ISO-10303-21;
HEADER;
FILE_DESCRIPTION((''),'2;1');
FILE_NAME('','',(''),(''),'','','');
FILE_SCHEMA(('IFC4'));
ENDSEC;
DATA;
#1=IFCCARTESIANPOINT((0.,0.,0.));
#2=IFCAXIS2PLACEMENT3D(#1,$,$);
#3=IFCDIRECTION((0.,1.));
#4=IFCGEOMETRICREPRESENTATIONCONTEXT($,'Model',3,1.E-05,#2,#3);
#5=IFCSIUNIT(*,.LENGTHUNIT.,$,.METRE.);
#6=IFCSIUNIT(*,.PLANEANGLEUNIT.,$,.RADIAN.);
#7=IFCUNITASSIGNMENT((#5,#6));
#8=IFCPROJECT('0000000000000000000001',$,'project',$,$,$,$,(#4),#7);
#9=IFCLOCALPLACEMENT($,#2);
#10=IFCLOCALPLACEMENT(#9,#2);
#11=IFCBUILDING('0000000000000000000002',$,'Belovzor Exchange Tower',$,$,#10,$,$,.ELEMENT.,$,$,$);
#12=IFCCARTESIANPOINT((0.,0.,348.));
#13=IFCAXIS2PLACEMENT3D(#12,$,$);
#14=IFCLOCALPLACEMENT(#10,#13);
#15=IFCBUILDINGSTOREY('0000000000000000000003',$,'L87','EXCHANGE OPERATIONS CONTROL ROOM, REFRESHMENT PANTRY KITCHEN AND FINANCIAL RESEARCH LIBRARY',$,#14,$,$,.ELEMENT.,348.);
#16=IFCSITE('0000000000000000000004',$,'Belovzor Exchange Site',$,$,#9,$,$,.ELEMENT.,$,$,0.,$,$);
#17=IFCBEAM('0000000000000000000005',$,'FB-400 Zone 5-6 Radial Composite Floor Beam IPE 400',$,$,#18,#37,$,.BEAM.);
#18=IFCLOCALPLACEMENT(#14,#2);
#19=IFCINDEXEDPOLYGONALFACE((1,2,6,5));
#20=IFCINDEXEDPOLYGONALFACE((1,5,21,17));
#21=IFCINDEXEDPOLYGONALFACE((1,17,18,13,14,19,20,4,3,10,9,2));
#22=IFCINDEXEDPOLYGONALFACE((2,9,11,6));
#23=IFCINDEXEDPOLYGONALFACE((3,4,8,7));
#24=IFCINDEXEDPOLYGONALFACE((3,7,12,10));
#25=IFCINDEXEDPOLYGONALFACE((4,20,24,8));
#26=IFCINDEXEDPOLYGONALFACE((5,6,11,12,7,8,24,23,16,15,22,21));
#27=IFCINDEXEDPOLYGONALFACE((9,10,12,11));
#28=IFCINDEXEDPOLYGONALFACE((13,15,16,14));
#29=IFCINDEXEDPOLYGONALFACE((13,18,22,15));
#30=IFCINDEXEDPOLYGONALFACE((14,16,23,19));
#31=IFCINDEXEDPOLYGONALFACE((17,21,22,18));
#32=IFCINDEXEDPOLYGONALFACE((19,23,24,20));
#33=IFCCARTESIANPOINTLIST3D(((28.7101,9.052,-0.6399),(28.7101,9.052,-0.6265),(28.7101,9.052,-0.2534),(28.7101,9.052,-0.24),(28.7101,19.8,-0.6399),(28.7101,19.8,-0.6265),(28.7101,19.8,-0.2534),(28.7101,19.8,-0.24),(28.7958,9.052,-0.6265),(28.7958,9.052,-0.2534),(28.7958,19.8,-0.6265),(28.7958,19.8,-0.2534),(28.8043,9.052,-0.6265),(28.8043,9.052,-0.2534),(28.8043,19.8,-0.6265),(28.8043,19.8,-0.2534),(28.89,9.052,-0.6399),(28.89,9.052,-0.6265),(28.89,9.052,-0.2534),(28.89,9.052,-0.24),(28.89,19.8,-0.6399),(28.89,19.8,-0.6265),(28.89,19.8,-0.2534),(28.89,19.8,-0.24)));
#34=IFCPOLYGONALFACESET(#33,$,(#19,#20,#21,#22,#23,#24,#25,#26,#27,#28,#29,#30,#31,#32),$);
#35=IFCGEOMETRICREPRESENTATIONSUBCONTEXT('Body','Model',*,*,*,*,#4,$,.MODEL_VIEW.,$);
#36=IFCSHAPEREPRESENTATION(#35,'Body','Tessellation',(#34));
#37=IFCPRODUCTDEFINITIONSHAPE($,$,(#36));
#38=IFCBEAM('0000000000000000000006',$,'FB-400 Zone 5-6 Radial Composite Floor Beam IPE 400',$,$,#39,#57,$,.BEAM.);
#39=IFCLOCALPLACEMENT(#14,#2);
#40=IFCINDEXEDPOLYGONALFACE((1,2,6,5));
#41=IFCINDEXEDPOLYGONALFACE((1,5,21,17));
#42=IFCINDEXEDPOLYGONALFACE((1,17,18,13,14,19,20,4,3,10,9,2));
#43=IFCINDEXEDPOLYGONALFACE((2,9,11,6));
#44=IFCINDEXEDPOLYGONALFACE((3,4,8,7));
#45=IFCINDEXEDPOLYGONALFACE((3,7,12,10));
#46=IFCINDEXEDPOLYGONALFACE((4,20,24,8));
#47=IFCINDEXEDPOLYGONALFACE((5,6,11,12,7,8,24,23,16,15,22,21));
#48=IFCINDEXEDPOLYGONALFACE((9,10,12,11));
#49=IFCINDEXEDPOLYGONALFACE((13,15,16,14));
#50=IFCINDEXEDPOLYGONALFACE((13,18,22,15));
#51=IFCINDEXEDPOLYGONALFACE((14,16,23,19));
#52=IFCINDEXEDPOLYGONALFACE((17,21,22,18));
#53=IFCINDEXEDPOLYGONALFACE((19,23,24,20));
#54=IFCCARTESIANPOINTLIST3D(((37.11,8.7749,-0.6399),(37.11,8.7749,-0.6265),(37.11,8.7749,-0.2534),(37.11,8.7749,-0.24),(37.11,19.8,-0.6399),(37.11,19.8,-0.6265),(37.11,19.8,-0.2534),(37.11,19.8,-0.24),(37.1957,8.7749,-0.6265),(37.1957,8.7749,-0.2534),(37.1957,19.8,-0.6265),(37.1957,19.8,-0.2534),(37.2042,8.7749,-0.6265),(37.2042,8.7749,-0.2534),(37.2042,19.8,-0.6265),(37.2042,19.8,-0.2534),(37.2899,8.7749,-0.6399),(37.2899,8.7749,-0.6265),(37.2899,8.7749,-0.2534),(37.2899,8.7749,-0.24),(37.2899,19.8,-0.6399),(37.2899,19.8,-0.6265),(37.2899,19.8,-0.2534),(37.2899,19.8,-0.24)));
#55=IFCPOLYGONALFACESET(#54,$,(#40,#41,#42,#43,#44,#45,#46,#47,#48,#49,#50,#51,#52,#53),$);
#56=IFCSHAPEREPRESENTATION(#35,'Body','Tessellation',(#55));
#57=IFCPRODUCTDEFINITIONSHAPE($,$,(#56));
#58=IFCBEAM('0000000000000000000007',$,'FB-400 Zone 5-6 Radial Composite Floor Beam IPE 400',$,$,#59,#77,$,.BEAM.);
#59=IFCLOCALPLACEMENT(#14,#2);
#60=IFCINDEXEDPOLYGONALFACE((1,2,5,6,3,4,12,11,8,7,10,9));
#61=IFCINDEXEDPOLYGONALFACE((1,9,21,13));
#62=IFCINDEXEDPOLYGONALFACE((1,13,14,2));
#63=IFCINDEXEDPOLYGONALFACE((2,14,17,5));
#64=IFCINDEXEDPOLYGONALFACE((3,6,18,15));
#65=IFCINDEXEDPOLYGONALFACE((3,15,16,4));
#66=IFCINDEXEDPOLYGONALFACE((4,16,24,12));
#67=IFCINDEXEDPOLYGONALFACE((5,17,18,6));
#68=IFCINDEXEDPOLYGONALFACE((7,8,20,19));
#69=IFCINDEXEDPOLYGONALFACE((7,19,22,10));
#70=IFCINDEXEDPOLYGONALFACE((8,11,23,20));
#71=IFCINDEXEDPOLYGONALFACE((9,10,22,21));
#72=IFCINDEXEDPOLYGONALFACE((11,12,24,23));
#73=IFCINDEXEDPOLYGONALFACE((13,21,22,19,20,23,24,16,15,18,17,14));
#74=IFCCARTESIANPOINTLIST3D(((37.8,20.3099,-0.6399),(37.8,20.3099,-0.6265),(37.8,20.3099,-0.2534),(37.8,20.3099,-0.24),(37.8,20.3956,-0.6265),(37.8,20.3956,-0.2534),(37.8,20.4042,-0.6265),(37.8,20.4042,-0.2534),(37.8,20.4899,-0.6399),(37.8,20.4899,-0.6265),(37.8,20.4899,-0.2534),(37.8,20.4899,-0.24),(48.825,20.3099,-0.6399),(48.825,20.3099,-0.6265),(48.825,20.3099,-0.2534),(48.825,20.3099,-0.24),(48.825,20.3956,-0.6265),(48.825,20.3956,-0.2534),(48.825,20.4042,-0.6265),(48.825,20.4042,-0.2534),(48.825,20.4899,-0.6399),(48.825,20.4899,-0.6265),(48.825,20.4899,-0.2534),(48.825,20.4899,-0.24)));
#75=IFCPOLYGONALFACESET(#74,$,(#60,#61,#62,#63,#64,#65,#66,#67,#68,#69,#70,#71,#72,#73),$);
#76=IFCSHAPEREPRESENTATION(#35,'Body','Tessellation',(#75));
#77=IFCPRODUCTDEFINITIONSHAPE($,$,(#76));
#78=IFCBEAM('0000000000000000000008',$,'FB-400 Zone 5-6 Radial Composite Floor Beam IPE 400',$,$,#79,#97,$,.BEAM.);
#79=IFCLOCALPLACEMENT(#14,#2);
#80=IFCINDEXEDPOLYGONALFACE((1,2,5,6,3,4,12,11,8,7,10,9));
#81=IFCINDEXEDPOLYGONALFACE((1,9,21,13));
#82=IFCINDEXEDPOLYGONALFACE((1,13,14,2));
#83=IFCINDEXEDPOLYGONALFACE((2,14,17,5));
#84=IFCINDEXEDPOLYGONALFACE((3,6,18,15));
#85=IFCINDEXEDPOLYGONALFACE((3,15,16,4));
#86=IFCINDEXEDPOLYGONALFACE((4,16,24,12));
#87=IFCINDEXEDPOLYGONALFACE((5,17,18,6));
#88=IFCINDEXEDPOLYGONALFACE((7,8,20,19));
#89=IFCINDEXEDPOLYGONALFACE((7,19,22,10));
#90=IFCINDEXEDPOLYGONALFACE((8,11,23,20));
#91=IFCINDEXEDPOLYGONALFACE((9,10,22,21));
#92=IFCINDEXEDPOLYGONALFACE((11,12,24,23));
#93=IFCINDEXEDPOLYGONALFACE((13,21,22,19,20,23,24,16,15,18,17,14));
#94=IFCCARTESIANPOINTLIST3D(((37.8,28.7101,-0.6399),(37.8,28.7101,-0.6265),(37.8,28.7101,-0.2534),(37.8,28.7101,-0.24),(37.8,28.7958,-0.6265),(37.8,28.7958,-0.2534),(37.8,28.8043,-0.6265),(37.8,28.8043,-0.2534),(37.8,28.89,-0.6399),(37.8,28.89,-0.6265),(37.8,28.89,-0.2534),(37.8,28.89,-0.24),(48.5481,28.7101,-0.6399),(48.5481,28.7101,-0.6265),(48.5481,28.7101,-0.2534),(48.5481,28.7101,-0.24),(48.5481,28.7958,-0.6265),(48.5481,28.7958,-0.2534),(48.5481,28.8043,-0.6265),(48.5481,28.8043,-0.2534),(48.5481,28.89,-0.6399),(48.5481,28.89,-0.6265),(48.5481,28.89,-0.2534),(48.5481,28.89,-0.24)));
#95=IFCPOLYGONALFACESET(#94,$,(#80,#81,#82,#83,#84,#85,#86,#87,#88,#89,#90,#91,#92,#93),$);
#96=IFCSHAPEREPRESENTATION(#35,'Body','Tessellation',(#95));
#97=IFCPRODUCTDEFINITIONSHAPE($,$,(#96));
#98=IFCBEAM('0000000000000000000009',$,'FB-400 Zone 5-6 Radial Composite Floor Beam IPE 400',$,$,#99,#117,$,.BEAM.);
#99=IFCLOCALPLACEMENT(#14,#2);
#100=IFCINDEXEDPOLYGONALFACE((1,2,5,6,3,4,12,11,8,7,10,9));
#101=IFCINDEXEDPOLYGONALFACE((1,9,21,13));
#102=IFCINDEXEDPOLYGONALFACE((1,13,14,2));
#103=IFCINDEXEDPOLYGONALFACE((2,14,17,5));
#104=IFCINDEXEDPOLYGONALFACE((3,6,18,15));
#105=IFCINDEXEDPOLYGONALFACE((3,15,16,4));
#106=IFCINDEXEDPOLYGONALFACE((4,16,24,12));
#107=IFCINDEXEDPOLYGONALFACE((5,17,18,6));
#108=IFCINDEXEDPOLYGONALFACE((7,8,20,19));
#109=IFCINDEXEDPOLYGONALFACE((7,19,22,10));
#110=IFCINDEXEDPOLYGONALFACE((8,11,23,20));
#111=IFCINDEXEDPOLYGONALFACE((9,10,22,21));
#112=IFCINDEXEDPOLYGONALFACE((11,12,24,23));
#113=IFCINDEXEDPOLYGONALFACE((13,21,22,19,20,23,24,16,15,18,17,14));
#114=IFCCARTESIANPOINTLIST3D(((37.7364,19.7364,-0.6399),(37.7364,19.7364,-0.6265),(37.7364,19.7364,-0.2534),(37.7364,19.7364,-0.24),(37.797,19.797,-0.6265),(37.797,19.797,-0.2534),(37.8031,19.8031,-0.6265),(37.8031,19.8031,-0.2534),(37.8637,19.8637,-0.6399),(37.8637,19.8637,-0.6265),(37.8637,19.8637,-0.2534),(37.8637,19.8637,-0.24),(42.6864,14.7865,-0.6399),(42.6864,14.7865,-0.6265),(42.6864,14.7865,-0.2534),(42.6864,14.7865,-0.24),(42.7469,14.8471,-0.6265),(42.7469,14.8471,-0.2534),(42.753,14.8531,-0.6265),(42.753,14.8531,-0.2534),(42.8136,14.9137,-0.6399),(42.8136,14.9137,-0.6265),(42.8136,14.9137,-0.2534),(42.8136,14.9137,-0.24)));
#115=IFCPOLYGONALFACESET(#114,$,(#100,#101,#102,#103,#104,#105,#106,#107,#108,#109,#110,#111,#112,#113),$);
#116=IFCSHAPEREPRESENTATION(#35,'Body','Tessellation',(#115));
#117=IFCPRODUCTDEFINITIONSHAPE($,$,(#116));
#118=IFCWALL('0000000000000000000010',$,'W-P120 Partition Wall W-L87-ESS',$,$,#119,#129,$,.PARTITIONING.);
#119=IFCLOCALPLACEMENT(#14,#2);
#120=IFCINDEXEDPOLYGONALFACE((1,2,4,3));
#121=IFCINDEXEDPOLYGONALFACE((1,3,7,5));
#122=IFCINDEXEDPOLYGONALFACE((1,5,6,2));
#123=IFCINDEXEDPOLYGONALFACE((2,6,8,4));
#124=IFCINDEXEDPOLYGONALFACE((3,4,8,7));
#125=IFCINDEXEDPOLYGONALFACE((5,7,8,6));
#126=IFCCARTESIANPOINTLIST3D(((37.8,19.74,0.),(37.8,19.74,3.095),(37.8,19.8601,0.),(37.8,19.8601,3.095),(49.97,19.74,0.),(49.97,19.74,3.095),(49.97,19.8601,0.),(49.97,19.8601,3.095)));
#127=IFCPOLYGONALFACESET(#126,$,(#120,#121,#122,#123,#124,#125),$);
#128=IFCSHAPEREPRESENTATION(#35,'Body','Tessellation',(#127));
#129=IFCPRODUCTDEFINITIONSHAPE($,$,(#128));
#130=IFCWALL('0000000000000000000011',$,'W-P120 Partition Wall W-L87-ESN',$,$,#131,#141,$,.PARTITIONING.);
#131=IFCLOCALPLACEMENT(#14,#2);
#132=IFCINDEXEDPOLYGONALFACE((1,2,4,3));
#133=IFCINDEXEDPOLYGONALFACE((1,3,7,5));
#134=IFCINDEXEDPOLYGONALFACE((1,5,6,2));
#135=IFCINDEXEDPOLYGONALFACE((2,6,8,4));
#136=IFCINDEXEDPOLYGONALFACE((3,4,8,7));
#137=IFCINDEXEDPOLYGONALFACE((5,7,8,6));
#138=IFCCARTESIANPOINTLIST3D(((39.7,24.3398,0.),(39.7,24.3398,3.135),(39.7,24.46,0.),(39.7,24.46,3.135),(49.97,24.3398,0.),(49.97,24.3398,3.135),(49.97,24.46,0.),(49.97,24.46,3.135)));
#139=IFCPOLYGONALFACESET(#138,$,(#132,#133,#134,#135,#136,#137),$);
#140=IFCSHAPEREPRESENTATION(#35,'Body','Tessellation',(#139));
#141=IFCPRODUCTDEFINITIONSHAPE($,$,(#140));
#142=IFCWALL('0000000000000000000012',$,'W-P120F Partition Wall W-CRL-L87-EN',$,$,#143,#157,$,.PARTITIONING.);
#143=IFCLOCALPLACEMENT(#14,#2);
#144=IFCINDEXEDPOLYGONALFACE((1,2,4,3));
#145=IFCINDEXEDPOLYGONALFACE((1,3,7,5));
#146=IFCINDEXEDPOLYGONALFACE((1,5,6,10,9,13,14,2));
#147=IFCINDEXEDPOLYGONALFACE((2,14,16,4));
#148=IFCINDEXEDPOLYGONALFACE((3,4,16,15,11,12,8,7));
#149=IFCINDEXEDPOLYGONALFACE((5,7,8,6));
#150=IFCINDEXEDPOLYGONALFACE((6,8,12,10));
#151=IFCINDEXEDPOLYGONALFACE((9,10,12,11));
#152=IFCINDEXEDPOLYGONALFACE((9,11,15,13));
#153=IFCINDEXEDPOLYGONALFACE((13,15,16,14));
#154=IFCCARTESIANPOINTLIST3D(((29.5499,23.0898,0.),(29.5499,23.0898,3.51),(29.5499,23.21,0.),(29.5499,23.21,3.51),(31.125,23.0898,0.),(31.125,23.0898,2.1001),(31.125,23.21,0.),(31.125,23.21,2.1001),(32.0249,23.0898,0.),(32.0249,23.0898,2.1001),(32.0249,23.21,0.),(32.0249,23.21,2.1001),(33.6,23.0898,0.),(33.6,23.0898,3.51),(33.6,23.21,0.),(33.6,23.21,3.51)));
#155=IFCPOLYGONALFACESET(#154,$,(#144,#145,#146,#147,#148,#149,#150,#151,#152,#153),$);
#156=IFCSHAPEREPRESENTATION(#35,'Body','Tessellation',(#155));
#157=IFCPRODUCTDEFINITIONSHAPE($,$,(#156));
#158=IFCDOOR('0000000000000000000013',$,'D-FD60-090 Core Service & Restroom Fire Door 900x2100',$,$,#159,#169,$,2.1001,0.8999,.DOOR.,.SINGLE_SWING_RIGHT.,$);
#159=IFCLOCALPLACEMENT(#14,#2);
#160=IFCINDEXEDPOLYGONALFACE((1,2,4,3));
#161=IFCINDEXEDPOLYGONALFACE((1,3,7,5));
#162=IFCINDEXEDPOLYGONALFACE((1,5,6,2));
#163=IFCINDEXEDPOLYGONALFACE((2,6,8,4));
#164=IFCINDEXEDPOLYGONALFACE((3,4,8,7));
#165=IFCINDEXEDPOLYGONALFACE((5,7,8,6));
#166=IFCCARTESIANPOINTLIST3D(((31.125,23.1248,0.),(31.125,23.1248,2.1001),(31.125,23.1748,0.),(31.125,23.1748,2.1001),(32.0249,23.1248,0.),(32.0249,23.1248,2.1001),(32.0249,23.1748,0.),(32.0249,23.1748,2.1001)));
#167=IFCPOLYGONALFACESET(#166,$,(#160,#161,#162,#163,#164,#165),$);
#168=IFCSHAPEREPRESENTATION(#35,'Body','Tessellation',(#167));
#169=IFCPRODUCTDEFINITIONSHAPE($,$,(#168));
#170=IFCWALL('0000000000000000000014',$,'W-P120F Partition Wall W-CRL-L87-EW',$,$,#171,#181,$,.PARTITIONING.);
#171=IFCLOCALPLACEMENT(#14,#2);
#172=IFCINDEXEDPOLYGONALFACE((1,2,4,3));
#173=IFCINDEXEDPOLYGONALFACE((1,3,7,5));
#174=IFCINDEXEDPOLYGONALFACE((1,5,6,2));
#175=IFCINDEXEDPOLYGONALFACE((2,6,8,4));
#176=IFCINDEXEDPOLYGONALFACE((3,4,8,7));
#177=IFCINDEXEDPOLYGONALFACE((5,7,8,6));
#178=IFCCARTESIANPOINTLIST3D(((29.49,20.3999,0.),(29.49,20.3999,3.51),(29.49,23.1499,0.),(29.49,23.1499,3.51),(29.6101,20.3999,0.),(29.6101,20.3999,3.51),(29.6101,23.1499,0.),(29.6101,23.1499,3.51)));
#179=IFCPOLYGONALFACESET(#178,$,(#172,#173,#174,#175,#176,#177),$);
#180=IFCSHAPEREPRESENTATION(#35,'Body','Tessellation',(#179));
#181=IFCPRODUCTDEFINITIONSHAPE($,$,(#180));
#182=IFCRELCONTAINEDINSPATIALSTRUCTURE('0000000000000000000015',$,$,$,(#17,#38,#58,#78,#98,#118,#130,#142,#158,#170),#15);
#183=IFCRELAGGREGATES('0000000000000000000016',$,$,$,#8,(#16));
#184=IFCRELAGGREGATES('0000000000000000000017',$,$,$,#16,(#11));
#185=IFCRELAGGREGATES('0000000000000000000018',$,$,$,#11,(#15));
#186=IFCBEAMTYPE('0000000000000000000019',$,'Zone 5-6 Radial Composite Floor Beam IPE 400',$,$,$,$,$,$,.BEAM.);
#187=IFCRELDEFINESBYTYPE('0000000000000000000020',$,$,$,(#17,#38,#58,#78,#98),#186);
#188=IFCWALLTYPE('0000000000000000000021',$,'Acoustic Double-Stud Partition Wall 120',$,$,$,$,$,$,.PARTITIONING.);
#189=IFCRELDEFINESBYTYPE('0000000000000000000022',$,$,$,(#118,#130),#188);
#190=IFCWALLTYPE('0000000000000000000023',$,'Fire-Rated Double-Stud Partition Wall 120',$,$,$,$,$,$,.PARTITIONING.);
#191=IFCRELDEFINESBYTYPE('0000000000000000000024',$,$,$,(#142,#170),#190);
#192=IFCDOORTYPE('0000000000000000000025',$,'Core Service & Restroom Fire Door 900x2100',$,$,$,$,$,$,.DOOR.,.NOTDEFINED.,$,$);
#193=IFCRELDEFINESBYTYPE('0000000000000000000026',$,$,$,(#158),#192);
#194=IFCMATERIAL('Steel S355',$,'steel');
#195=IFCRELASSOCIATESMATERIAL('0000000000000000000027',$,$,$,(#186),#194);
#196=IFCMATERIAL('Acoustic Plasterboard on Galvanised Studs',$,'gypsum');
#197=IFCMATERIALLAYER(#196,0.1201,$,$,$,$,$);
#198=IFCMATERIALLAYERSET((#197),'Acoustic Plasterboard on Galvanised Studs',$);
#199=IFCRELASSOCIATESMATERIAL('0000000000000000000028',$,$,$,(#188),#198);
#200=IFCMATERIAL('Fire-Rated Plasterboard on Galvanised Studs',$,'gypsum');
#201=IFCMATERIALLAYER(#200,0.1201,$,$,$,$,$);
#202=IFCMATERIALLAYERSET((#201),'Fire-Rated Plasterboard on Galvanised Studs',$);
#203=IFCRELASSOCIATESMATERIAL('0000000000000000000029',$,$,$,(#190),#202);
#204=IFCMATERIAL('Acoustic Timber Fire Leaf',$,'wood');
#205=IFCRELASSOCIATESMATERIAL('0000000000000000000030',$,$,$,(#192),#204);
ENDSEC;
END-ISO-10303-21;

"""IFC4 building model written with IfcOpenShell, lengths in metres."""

from ifc_helpers import new_model, si_unit, direction, frame, frame_2d, origin, origin_2d, place, context, subcontext, project, spatial, rectangle, i_section, extrude, material, layer, layer_set, material_profile, profile_set, type_object, element, fill, save


model = new_model("IFC4")

# Units and contexts
model_context = context("Model", 3, precision=1e-05, world=origin(), true_north=direction((0.0, 1.0)))
body_context = subcontext(model_context, "Body", "Model", "MODEL_VIEW")
ifc_project = project(units=[si_unit("LENGTHUNIT", "METRE"), si_unit("PLANEANGLEUNIT", "RADIAN")], contexts=[model_context])

# Site, building, storey
site_placement = place(None, origin())
site = spatial("IfcSite", under=ifc_project, at=site_placement, Name="Belovzor Exchange Site", CompositionType="ELEMENT", RefElevation=0.0)
building_placement = place(site_placement, origin())
building = spatial("IfcBuilding", under=site, at=building_placement, Name="Belovzor Exchange Tower", CompositionType="ELEMENT")
storey_placement = place(building_placement, frame((0.0, 0.0, 348.0)))
storey = spatial("IfcBuildingStorey", under=building, at=storey_placement, Name="L87", Description="EXCHANGE OPERATIONS CONTROL ROOM, REFRESHMENT PANTRY KITCHEN AND FINANCIAL RESEARCH LIBRARY", CompositionType="ELEMENT", Elevation=348.0)

# Beams
ifc_material_1 = material(Name="Steel S355", Category="steel")
ifc_material_profile = material_profile(ifc_material_1, i_section(OverallWidth=0.1799, OverallDepth=0.3999, WebThickness=0.0085, FlangeThickness=0.0134, at=origin_2d()))
ifc_profile_set = profile_set([ifc_material_profile], Name="Steel S355")
beam_type = type_object("IfcBeamType", Name="Zone 5-6 Radial Composite Floor Beam IPE 400", PredefinedType="BEAM", material=ifc_profile_set)
beam_1_placement = place(storey_placement, frame((28.8, 19.8, -0.4399), z_axis=(0.0, -1.0, 0.0), x_axis=(1.0, 0.0, 0.0)))
element("IfcBeam", 1, at=beam_1_placement, inside=storey, type_object=beam_type, Name="FB-400 Zone 5-6 Radial Composite Floor Beam IPE 400", PredefinedType="BEAM", context=body_context, shape_type="SweptSolid", body=[
    extrude(i_section(OverallWidth=0.1799, OverallDepth=0.3999, WebThickness=0.0085, FlangeThickness=0.0134, at=origin_2d()), origin(), (0.0, 0.0, 1.0), 10.748),
])
beam_2_placement = place(storey_placement, frame((37.2, 19.8, -0.4399), z_axis=(0.0, -1.0, 0.0), x_axis=(1.0, 0.0, 0.0)))
element("IfcBeam", 2, at=beam_2_placement, inside=storey, type_object=beam_type, Name="FB-400 Zone 5-6 Radial Composite Floor Beam IPE 400", PredefinedType="BEAM", context=body_context, shape_type="SweptSolid", body=[
    extrude(i_section(OverallWidth=0.1799, OverallDepth=0.3999, WebThickness=0.0085, FlangeThickness=0.0134, at=origin_2d()), origin(), (0.0, 0.0, 1.0), 11.0251),
])
beam_3_placement = place(storey_placement, frame((37.8, 20.3999, -0.4399), z_axis=(1.0, 0.0, 0.0), x_axis=(0.0, 1.0, 0.0)))
element("IfcBeam", 3, at=beam_3_placement, inside=storey, type_object=beam_type, Name="FB-400 Zone 5-6 Radial Composite Floor Beam IPE 400", PredefinedType="BEAM", context=body_context, shape_type="SweptSolid", body=[
    extrude(i_section(OverallWidth=0.1799, OverallDepth=0.3999, WebThickness=0.0085, FlangeThickness=0.0134, at=origin_2d()), origin(), (0.0, 0.0, 1.0), 11.0249),
])
beam_4_placement = place(storey_placement, frame((37.8, 28.8, -0.4399), z_axis=(1.0, 0.0, 0.0), x_axis=(0.0, 1.0, 0.0)))
element("IfcBeam", 4, at=beam_4_placement, inside=storey, type_object=beam_type, Name="FB-400 Zone 5-6 Radial Composite Floor Beam IPE 400", PredefinedType="BEAM", context=body_context, shape_type="SweptSolid", body=[
    extrude(i_section(OverallWidth=0.1799, OverallDepth=0.3999, WebThickness=0.0085, FlangeThickness=0.0134, at=origin_2d()), origin(), (0.0, 0.0, 1.0), 10.748),
])
beam_5_placement = place(storey_placement, frame((37.8, 19.8, -0.4399), z_axis=(0.707107, -0.707107, 0.0), x_axis=(0.707107, 0.707107, 0.0)))
element("IfcBeam", 5, at=beam_5_placement, inside=storey, type_object=beam_type, Name="FB-400 Zone 5-6 Radial Composite Floor Beam IPE 400", PredefinedType="BEAM", context=body_context, shape_type="SweptSolid", body=[
    extrude(i_section(OverallWidth=0.1799, OverallDepth=0.3999, WebThickness=0.0085, FlangeThickness=0.0134, at=origin_2d()), origin(), (0.0, 0.0, 1.0), 7.0002),
])

# Walls
ifc_material_2 = material(Name="Acoustic Plasterboard on Galvanised Studs", Category="gypsum")
ifc_layer_1 = layer(ifc_material_2, 0.1201)
ifc_layer_set_1 = layer_set([ifc_layer_1], Name="Acoustic Plasterboard on Galvanised Studs")
wall_type_1 = type_object("IfcWallType", Name="Acoustic Double-Stud Partition Wall 120", PredefinedType="PARTITIONING", material=ifc_layer_set_1)
wall_1_placement = place(storey_placement, frame((37.8, 19.8, 0.0), z_axis=(0.0, 0.0, 1.0), x_axis=(1.0, 0.0, 0.0)))
element("IfcWall", 6, at=wall_1_placement, inside=storey, type_object=wall_type_1, Name="W-P120 Partition Wall W-L87-ESS", PredefinedType="PARTITIONING", context=body_context, shape_type="SweptSolid", body=[
    extrude(rectangle(XDim=12.1699, YDim=0.1201, at=frame_2d((6.085, 0.0))), origin(), (0.0, 0.0, 1.0), 3.095),
])
wall_2_placement = place(storey_placement, frame((39.7, 24.3999, 0.0), z_axis=(0.0, 0.0, 1.0), x_axis=(1.0, 0.0, 0.0)))
element("IfcWall", 7, at=wall_2_placement, inside=storey, type_object=wall_type_1, Name="W-P120 Partition Wall W-L87-ESN", PredefinedType="PARTITIONING", context=body_context, shape_type="SweptSolid", body=[
    extrude(rectangle(XDim=10.27, YDim=0.1201, at=frame_2d((5.135, 0.0))), origin(), (0.0, 0.0, 1.0), 3.135),
])

# Wall, opening, door
ifc_material_3 = material(Name="Fire-Rated Plasterboard on Galvanised Studs", Category="gypsum")
ifc_layer_2 = layer(ifc_material_3, 0.1201)
ifc_layer_set_2 = layer_set([ifc_layer_2], Name="Fire-Rated Plasterboard on Galvanised Studs")
wall_type_2 = type_object("IfcWallType", Name="Fire-Rated Double-Stud Partition Wall 120", PredefinedType="PARTITIONING", material=ifc_layer_set_2)
wall_3_placement = place(storey_placement, frame((29.55, 23.1499, 0.0), z_axis=(0.0, 0.0, 1.0), x_axis=(1.0, 0.0, 0.0)))
wall_3 = element("IfcWall", 8, at=wall_3_placement, inside=storey, type_object=wall_type_2, Name="W-P120F Partition Wall W-CRL-L87-EN", PredefinedType="PARTITIONING", context=body_context, shape_type="SweptSolid", body=[
    extrude(rectangle(XDim=4.05, YDim=0.1201, at=frame_2d((2.0249, 0.0))), origin(), (0.0, 0.0, 1.0), 3.51),
])
opening_1_placement = place(wall_3_placement, frame((1.575, 0.0, 0.0)))
opening_1 = element("IfcOpeningElement", 9, at=opening_1_placement, cuts=wall_3, PredefinedType="OPENING", context=body_context, shape_type="SweptSolid", body=[
    extrude(rectangle(XDim=0.8999, YDim=2.1001, at=frame_2d((0.45, 1.05))), frame((0.0, 0.0701, 0.0), z_axis=(0.0, -1.0, 0.0), x_axis=(1.0, 0.0, 0.0)), (0.0, 0.0, 1.0), 0.1401),
])
ifc_material_4 = material(Name="Acoustic Timber Fire Leaf", Category="wood")
door_type_1 = type_object("IfcDoorType", Name="Core Service & Restroom Fire Door 900x2100", OperationType="NOTDEFINED", PredefinedType="DOOR", material=ifc_material_4)
door_1_placement = place(opening_1_placement, origin())
door_1 = element("IfcDoor", 10, at=door_1_placement, inside=storey, type_object=door_type_1, Name="D-FD60-090 Core Service & Restroom Fire Door 900x2100", OperationType="SINGLE_SWING_RIGHT", OverallHeight=2.1001, OverallWidth=0.8999, PredefinedType="DOOR", context=body_context, shape_type="SweptSolid", body=[
    extrude(rectangle(XDim=0.8999, YDim=2.1001, at=frame_2d((0.45, 1.05))), frame((0.0, 0.0249, 0.0), z_axis=(0.0, -1.0, 0.0), x_axis=(1.0, 0.0, 0.0)), (0.0, 0.0, 1.0), 0.05),
])
fill(opening_1, door_1)

# Wall
wall_4_placement = place(storey_placement, frame((29.55, 20.3999, 0.0), z_axis=(0.0, 0.0, 1.0), x_axis=(0.0, 1.0, 0.0)))
element("IfcWall", 11, at=wall_4_placement, inside=storey, type_object=wall_type_2, Name="W-P120F Partition Wall W-CRL-L87-EW", PredefinedType="PARTITIONING", context=body_context, shape_type="SweptSolid", body=[
    extrude(rectangle(XDim=2.75, YDim=0.1201, at=frame_2d((1.375, 0.0))), origin(), (0.0, 0.0, 1.0), 3.51),
])

save(model, "model.ifc")
